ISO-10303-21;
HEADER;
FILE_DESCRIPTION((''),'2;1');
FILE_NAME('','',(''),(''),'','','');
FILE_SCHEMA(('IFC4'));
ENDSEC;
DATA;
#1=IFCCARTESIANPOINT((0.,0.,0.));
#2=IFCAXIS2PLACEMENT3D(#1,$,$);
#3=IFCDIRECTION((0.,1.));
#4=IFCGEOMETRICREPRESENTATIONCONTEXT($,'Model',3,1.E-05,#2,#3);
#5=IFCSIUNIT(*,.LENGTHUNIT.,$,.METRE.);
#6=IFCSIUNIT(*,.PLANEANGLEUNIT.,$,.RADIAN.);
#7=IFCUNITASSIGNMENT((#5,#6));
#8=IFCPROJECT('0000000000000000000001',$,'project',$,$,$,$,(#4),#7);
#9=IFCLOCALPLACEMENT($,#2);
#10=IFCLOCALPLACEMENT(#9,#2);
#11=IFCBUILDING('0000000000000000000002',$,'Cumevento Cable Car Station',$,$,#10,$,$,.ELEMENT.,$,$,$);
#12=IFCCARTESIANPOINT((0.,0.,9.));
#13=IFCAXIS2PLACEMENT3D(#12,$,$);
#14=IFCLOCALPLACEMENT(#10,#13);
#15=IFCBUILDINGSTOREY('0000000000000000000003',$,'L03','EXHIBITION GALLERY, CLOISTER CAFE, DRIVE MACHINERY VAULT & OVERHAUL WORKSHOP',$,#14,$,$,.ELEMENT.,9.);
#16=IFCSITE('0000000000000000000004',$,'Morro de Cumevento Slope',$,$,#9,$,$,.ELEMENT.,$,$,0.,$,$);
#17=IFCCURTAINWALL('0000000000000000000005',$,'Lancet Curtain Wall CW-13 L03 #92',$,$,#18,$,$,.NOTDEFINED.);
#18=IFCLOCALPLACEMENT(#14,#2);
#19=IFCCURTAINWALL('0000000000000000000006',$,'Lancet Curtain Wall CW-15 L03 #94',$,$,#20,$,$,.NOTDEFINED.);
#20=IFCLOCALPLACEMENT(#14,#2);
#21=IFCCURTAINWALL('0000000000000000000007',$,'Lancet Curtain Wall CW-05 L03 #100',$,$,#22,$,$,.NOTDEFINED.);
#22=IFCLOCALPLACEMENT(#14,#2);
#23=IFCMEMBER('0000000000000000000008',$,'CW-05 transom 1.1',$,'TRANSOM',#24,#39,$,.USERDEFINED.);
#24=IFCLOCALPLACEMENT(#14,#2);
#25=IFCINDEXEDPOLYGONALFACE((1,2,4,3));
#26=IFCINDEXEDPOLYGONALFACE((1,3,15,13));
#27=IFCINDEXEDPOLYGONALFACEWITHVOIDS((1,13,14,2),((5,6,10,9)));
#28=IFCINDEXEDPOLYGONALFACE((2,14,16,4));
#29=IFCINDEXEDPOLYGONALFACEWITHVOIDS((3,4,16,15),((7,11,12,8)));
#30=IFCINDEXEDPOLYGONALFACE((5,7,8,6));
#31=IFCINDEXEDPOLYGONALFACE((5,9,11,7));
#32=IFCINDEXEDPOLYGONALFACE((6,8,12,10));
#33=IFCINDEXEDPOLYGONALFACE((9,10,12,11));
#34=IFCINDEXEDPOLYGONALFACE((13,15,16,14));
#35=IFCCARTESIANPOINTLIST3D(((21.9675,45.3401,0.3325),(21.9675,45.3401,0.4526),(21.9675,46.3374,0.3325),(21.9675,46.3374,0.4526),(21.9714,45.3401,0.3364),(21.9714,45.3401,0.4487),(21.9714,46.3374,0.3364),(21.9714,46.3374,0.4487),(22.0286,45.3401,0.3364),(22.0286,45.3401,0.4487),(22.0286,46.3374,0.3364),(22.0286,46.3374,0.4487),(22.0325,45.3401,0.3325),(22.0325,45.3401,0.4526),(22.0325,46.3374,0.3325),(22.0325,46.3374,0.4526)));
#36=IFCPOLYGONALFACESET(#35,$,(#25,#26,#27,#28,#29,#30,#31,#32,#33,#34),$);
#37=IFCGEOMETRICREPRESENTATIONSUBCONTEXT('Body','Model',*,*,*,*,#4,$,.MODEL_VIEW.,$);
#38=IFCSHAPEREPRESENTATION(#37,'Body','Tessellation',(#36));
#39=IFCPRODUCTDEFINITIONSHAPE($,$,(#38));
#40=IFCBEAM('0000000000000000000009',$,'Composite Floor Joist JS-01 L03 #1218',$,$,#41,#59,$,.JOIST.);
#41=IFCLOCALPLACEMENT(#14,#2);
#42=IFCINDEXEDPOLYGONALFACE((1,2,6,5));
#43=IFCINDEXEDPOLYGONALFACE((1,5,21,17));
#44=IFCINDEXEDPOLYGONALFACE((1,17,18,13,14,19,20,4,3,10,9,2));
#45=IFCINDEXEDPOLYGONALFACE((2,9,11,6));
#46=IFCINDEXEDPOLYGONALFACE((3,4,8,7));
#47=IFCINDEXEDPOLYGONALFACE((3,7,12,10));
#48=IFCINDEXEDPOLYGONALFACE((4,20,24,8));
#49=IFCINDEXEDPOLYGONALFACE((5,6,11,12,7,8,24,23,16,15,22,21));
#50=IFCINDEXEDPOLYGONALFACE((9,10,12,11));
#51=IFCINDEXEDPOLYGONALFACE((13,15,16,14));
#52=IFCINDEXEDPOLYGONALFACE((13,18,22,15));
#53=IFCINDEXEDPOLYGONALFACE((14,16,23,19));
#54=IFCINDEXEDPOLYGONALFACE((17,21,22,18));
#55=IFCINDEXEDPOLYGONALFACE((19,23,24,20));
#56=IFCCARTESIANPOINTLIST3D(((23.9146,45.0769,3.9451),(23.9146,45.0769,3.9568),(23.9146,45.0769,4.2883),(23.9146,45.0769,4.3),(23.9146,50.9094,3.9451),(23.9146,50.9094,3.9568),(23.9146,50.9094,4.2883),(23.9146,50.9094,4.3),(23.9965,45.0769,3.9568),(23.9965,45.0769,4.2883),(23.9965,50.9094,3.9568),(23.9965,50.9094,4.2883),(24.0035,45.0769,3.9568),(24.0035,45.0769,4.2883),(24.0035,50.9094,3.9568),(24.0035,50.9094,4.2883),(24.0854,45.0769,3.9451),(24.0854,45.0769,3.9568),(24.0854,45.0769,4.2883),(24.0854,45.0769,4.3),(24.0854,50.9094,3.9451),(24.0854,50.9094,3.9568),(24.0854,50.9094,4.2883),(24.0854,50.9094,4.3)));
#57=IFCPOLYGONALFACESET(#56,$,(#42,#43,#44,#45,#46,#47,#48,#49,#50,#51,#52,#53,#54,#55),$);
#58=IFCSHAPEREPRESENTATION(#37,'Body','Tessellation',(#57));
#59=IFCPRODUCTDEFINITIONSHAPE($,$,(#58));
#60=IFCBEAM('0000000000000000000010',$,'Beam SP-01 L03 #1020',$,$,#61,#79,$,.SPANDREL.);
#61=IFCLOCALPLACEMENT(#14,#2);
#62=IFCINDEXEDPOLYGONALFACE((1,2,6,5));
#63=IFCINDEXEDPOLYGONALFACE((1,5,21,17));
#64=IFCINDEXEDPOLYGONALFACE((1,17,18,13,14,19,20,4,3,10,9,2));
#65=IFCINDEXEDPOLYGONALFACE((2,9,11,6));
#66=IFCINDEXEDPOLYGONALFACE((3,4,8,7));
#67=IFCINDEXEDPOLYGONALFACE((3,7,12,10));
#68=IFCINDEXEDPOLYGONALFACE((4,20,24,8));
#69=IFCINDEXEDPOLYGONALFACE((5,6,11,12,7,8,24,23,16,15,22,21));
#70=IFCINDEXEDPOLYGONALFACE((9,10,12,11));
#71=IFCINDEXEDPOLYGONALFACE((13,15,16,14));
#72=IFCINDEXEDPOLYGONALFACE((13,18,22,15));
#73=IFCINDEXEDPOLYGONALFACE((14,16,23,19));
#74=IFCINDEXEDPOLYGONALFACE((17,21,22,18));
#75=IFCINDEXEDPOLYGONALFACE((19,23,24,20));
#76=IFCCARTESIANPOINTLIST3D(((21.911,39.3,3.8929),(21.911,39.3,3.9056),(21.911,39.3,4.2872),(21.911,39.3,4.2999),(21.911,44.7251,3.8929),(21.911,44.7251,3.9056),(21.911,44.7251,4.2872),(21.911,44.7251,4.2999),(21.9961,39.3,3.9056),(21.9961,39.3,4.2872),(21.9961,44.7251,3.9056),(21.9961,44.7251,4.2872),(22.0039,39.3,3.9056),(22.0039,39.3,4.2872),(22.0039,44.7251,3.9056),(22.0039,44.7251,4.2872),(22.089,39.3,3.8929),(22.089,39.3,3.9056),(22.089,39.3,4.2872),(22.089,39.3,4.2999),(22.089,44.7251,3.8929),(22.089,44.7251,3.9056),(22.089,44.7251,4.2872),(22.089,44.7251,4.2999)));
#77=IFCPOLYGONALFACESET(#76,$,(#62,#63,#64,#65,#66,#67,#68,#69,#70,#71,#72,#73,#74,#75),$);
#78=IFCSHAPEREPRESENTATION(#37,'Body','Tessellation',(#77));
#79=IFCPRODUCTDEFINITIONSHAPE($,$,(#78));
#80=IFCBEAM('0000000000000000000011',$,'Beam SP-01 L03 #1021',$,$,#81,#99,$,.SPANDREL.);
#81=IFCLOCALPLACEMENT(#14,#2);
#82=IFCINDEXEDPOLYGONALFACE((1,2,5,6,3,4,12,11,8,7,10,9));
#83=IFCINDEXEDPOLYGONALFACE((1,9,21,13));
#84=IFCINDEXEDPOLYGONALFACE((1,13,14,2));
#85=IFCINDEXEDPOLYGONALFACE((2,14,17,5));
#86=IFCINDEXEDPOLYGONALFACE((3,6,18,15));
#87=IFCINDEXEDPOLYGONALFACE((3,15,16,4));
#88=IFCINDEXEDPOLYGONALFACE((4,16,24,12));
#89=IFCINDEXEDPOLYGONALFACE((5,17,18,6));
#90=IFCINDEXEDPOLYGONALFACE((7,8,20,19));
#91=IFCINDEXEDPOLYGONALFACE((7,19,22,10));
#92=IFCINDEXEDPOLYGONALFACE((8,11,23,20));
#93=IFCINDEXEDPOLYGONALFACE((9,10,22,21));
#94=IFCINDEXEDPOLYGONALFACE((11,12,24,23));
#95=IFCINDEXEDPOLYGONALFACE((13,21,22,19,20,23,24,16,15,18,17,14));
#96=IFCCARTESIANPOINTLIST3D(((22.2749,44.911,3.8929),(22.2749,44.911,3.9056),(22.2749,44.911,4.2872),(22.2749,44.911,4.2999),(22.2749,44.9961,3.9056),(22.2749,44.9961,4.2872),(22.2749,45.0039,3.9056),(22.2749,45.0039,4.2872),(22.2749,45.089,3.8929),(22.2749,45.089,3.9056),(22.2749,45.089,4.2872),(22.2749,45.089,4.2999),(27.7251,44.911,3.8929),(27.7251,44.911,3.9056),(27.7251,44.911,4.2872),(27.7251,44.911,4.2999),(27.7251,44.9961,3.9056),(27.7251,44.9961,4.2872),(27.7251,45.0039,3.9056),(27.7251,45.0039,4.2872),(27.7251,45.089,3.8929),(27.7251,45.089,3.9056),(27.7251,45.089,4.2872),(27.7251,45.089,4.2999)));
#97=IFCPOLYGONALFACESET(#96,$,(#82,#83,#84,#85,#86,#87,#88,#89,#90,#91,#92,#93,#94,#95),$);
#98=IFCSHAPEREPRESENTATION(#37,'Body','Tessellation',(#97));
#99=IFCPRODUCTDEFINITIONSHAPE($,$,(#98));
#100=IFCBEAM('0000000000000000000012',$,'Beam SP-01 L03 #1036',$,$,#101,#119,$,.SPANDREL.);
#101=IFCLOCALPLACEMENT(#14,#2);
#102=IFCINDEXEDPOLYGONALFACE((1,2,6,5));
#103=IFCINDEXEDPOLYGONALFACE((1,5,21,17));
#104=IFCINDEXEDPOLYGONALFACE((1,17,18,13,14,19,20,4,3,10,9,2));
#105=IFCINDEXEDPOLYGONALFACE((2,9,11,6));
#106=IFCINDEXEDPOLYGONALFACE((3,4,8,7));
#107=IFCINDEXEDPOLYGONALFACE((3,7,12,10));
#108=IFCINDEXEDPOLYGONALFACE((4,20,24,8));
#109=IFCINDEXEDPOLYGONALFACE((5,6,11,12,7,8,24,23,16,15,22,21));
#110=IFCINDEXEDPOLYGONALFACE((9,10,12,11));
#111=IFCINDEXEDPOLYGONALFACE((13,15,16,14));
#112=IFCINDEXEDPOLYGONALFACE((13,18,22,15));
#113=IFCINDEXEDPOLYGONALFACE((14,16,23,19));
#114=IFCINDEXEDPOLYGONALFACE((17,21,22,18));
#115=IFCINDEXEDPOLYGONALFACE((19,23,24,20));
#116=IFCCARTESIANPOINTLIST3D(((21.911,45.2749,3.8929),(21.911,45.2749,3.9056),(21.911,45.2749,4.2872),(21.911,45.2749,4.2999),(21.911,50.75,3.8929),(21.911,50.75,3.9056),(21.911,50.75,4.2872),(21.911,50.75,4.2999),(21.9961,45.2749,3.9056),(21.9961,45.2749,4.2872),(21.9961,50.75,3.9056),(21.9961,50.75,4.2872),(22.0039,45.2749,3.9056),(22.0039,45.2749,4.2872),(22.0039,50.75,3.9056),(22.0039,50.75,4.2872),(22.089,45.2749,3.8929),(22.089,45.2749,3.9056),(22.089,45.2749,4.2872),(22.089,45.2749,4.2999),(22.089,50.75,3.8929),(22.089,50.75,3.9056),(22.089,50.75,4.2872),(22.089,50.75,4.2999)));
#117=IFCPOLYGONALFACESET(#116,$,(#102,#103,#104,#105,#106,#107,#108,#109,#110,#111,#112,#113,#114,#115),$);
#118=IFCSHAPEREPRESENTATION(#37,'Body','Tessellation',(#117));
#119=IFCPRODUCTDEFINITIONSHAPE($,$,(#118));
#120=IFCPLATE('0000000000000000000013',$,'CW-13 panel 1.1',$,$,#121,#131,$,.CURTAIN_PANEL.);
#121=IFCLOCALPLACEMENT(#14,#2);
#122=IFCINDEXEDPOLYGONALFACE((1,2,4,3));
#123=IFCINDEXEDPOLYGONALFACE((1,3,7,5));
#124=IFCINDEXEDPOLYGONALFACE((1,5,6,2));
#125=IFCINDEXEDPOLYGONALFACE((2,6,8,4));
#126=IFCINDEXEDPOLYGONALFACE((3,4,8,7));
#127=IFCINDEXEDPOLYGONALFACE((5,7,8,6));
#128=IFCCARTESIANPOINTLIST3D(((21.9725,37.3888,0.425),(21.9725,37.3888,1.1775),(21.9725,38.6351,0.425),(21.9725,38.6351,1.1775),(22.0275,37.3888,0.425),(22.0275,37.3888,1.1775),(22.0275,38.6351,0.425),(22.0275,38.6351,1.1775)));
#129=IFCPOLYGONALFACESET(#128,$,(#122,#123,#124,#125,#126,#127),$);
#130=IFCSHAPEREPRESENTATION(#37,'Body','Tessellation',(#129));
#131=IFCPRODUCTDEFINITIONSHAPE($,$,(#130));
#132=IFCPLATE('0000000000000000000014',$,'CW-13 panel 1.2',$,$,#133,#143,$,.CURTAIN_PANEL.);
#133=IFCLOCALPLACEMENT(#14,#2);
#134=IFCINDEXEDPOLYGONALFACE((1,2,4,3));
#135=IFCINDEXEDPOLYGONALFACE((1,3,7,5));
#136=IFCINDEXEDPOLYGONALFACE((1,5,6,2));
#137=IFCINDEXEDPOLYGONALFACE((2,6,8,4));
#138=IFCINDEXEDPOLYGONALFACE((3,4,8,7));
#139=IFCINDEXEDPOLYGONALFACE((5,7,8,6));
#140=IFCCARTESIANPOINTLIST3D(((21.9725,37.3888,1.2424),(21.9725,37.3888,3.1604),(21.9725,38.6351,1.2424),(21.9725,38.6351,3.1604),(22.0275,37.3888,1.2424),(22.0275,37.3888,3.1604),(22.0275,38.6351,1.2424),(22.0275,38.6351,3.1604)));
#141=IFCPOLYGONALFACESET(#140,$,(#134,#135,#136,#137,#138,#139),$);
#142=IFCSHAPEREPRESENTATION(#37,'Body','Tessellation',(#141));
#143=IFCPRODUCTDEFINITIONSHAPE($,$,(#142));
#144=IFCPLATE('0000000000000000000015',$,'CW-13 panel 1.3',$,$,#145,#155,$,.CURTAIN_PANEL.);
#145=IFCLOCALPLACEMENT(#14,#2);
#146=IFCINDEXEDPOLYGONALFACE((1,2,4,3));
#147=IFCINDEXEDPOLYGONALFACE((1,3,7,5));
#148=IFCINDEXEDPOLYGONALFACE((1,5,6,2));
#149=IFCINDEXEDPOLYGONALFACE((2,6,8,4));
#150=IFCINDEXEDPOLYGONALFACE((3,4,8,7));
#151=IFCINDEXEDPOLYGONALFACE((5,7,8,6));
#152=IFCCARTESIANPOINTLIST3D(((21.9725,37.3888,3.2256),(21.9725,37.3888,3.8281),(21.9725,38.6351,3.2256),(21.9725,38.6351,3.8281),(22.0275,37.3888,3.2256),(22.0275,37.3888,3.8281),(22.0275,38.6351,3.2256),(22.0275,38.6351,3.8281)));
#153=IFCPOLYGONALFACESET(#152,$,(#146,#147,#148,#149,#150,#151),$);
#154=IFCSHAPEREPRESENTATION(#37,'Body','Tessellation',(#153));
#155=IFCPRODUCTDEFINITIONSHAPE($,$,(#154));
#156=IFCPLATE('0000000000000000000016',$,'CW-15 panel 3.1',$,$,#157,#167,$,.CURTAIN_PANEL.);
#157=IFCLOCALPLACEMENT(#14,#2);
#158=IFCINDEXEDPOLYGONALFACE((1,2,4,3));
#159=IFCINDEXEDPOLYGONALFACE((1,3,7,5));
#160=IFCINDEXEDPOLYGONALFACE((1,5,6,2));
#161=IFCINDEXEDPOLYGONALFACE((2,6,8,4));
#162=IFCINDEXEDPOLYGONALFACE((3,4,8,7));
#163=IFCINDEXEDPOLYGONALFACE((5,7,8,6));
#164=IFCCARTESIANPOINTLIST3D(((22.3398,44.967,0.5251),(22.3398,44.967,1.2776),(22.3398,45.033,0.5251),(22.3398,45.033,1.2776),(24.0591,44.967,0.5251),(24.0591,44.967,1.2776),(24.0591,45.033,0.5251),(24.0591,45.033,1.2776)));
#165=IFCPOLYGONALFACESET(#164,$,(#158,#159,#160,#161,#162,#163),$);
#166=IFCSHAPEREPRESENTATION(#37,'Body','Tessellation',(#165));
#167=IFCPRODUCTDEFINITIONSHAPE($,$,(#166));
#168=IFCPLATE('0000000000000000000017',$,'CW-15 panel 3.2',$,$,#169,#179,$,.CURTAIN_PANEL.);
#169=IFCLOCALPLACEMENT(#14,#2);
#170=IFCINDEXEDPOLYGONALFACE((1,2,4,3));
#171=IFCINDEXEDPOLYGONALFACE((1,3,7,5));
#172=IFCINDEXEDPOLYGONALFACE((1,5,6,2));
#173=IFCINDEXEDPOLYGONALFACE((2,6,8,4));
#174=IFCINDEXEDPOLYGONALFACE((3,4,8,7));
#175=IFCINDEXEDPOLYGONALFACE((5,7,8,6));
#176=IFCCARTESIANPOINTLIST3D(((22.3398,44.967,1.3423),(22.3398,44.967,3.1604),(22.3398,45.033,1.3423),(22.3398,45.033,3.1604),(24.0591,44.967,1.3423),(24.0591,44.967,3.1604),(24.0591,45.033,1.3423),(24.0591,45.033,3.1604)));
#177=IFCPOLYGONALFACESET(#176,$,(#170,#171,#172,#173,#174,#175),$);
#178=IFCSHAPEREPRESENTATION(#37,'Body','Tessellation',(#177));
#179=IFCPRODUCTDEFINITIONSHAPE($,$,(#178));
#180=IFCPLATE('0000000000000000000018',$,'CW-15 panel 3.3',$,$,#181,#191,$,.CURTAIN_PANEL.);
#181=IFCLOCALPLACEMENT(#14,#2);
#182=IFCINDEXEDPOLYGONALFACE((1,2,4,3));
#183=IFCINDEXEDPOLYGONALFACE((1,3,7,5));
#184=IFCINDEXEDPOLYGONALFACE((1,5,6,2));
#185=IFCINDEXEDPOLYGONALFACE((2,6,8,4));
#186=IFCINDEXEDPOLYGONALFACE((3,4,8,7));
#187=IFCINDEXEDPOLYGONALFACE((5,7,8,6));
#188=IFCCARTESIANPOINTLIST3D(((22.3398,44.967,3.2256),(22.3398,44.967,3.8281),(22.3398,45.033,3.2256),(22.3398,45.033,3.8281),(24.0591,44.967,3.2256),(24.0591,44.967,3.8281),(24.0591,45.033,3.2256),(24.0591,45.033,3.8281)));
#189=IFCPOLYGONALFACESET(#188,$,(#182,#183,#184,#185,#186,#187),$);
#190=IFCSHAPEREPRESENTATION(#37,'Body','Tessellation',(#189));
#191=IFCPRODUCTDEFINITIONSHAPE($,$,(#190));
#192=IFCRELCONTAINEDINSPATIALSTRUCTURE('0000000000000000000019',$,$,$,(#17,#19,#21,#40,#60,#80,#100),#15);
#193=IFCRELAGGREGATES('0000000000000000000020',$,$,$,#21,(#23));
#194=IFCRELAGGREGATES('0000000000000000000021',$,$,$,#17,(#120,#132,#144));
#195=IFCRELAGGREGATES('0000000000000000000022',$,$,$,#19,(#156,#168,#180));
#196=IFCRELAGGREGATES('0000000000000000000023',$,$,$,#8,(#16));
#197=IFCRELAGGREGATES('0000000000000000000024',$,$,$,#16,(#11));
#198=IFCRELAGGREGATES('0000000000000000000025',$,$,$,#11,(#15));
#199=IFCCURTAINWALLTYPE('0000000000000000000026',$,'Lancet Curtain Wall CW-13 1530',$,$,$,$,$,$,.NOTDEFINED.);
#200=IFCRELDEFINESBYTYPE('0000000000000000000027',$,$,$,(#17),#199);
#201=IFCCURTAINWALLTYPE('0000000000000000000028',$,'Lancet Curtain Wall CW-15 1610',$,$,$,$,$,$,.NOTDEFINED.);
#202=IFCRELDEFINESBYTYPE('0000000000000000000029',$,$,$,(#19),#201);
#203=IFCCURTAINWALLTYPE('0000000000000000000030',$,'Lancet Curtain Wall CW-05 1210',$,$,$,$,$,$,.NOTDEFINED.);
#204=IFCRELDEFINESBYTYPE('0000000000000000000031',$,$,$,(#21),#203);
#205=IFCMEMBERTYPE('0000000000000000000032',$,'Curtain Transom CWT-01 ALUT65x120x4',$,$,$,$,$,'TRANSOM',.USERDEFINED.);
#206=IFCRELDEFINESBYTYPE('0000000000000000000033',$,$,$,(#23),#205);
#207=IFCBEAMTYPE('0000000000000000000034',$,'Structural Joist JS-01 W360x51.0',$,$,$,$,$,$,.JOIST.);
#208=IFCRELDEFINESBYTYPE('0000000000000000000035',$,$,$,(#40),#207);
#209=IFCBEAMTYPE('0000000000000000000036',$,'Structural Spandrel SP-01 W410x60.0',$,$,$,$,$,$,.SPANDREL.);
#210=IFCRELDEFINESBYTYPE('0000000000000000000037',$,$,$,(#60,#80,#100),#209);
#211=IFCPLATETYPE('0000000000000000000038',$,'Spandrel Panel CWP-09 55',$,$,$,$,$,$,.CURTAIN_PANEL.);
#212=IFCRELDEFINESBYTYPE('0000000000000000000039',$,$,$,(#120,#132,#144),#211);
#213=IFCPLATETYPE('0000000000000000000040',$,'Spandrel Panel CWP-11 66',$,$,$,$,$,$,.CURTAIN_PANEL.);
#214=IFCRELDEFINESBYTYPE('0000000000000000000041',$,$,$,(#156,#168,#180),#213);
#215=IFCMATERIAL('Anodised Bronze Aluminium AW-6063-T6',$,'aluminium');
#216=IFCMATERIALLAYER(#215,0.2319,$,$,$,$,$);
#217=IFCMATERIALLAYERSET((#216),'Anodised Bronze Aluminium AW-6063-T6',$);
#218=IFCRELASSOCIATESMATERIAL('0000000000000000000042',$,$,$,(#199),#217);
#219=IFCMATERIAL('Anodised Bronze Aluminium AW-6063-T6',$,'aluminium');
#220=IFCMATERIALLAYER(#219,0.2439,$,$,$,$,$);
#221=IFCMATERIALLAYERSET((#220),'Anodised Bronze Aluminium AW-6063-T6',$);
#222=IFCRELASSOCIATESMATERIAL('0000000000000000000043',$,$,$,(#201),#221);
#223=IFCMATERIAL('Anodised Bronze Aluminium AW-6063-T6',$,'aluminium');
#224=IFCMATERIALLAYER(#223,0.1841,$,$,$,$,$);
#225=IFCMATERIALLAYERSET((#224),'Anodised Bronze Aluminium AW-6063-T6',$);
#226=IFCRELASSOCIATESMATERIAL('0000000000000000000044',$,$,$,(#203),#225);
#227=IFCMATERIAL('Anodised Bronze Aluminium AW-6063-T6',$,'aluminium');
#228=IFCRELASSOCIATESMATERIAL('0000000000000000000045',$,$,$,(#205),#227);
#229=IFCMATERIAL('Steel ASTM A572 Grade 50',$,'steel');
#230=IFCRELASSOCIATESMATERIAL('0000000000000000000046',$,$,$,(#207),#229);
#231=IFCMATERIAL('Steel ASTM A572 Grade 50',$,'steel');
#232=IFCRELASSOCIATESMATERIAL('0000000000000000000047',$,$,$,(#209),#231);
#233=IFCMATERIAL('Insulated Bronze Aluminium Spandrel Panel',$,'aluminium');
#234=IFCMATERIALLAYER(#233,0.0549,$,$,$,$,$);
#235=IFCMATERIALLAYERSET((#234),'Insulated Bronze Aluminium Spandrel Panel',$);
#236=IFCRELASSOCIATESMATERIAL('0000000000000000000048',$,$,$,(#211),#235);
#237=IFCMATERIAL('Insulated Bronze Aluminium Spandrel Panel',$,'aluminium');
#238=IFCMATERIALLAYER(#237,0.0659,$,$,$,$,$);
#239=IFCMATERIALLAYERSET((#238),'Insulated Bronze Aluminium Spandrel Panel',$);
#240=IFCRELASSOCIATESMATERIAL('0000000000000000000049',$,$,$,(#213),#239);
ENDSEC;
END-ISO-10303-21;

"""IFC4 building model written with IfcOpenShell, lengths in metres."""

from ifc_helpers import new_model, si_unit, direction, frame, origin, origin_2d, place, context, subcontext, project, spatial, rectangle, hollow_rectangle, i_section, extrude, material, layer, layer_set, material_profile, profile_set, type_object, element, aggregate, save


model = new_model("IFC4")

# Units and contexts
model_context = context("Model", 3, precision=1e-05, world=origin(), true_north=direction((0.0, 1.0)))
body_context = subcontext(model_context, "Body", "Model", "MODEL_VIEW")
ifc_project = project(units=[si_unit("LENGTHUNIT", "METRE"), si_unit("PLANEANGLEUNIT", "RADIAN")], contexts=[model_context])

# Site, building, storey
site_placement = place(None, origin())
site = spatial("IfcSite", under=ifc_project, at=site_placement, Name="Morro de Cumevento Slope", CompositionType="ELEMENT", RefElevation=0.0)
building_placement = place(site_placement, origin())
building = spatial("IfcBuilding", under=site, at=building_placement, Name="Cumevento Cable Car Station", CompositionType="ELEMENT")
storey_placement = place(building_placement, frame((0.0, 0.0, 9.0)))
storey = spatial("IfcBuildingStorey", under=building, at=storey_placement, Name="L03", Description="EXHIBITION GALLERY, CLOISTER CAFE, DRIVE MACHINERY VAULT & OVERHAUL WORKSHOP", CompositionType="ELEMENT", Elevation=9.0)

# Curtain wall
ifc_material_1 = material(Name="Anodised Bronze Aluminium AW-6063-T6", Category="aluminium")
ifc_layer_1 = layer(ifc_material_1, 0.2319)
ifc_layer_set_1 = layer_set([ifc_layer_1], Name="Anodised Bronze Aluminium AW-6063-T6")
curtain_wall_type_1 = type_object("IfcCurtainWallType", Name="Lancet Curtain Wall CW-13 1530", PredefinedType="NOTDEFINED", material=ifc_layer_set_1)
curtain_wall_1_placement = place(storey_placement, origin())
curtain_wall_1 = element("IfcCurtainWall", 1, at=curtain_wall_1_placement, inside=storey, type_object=curtain_wall_type_1, Name="Lancet Curtain Wall CW-13 L03 #92", PredefinedType="NOTDEFINED")

# Curtain walls
ifc_material_2 = material(Name="Anodised Bronze Aluminium AW-6063-T6", Category="aluminium")
ifc_layer_2 = layer(ifc_material_2, 0.2439)
ifc_layer_set_2 = layer_set([ifc_layer_2], Name="Anodised Bronze Aluminium AW-6063-T6")
curtain_wall_type_2 = type_object("IfcCurtainWallType", Name="Lancet Curtain Wall CW-15 1610", PredefinedType="NOTDEFINED", material=ifc_layer_set_2)
curtain_wall_2_placement = place(storey_placement, origin())
curtain_wall_2 = element("IfcCurtainWall", 2, at=curtain_wall_2_placement, inside=storey, type_object=curtain_wall_type_2, Name="Lancet Curtain Wall CW-15 L03 #94", PredefinedType="NOTDEFINED")
ifc_material_3 = material(Name="Anodised Bronze Aluminium AW-6063-T6", Category="aluminium")
ifc_layer_3 = layer(ifc_material_3, 0.1841)
ifc_layer_set_3 = layer_set([ifc_layer_3], Name="Anodised Bronze Aluminium AW-6063-T6")
curtain_wall_type_3 = type_object("IfcCurtainWallType", Name="Lancet Curtain Wall CW-05 1210", PredefinedType="NOTDEFINED", material=ifc_layer_set_3)
curtain_wall_3_placement = place(storey_placement, origin())
curtain_wall_3 = element("IfcCurtainWall", 3, at=curtain_wall_3_placement, inside=storey, type_object=curtain_wall_type_3, Name="Lancet Curtain Wall CW-05 L03 #100", PredefinedType="NOTDEFINED")

# Member
ifc_material_4 = material(Name="Anodised Bronze Aluminium AW-6063-T6", Category="aluminium")
ifc_material_profile_1 = material_profile(ifc_material_4, hollow_rectangle(XDim=0.0649, YDim=0.1201, WallThickness=0.0039, at=origin_2d()), Name="ALUT65x120x4")
ifc_profile_set_1 = profile_set([ifc_material_profile_1], Name="Anodised Bronze Aluminium AW-6063-T6")
member_type_1 = type_object("IfcMemberType", Name="Curtain Transom CWT-01 ALUT65x120x4", ElementType="TRANSOM", PredefinedType="USERDEFINED", material=ifc_profile_set_1)
member_1_placement = place(storey_placement, frame((22.0, 45.3401, 0.3926), z_axis=(0.0, 1.0, 0.0), x_axis=(-1.0, 0.0, 0.0)))
member_1 = element("IfcMember", 4, at=member_1_placement, type_object=member_type_1, Name="CW-05 transom 1.1", ObjectType="TRANSOM", PredefinedType="USERDEFINED", context=body_context, shape_type="SweptSolid", body=[
    extrude(hollow_rectangle(XDim=0.0649, YDim=0.1201, WallThickness=0.0039, at=origin_2d()), origin(), (0.0, 0.0, 1.0), 0.9973),
])
aggregate(curtain_wall_3, [member_1])

# Beams
ifc_material_5 = material(Name="Steel ASTM A572 Grade 50", Category="steel")
ifc_material_profile_2 = material_profile(ifc_material_5, i_section(OverallWidth=0.1709, OverallDepth=0.355, WebThickness=0.0071, FlangeThickness=0.0117, at=origin_2d()), Name="W360x51.0")
ifc_profile_set_2 = profile_set([ifc_material_profile_2], Name="Steel ASTM A572 Grade 50")
beam_type_1 = type_object("IfcBeamType", Name="Structural Joist JS-01 W360x51.0", PredefinedType="JOIST", material=ifc_profile_set_2)
beam_1_placement = place(storey_placement, frame((24.0, 45.0769, 4.1226), z_axis=(0.0, 1.0, 0.0), x_axis=(-1.0, 0.0, 0.0)))
element("IfcBeam", 5, at=beam_1_placement, inside=storey, type_object=beam_type_1, Name="Composite Floor Joist JS-01 L03 #1218", PredefinedType="JOIST", context=body_context, shape_type="SweptSolid", body=[
    extrude(i_section(OverallWidth=0.1709, OverallDepth=0.355, WebThickness=0.0071, FlangeThickness=0.0117, at=origin_2d()), origin(), (0.0, 0.0, 1.0), 5.8325),
])
ifc_material_6 = material(Name="Steel ASTM A572 Grade 50", Category="steel")
ifc_material_profile_3 = material_profile(ifc_material_6, i_section(OverallWidth=0.178, OverallDepth=0.407, WebThickness=0.0078, FlangeThickness=0.0127, at=origin_2d()), Name="W410x60.0")
ifc_profile_set_3 = profile_set([ifc_material_profile_3], Name="Steel ASTM A572 Grade 50")
beam_type_2 = type_object("IfcBeamType", Name="Structural Spandrel SP-01 W410x60.0", PredefinedType="SPANDREL", material=ifc_profile_set_3)
beam_2_placement = place(storey_placement, frame((22.0, 39.3, 4.0964), z_axis=(0.0, 1.0, 0.0), x_axis=(-1.0, 0.0, 0.0)))
element("IfcBeam", 6, at=beam_2_placement, inside=storey, type_object=beam_type_2, Name="Beam SP-01 L03 #1020", PredefinedType="SPANDREL", context=body_context, shape_type="SweptSolid", body=[
    extrude(i_section(OverallWidth=0.178, OverallDepth=0.407, WebThickness=0.0078, FlangeThickness=0.0127, at=origin_2d()), origin(), (0.0, 0.0, 1.0), 5.425),
])
beam_3_placement = place(storey_placement, frame((22.2749, 45.0, 4.0964), z_axis=(1.0, 0.0, 0.0), x_axis=(0.0, 1.0, 0.0)))
element("IfcBeam", 7, at=beam_3_placement, inside=storey, type_object=beam_type_2, Name="Beam SP-01 L03 #1021", PredefinedType="SPANDREL", context=body_context, shape_type="SweptSolid", body=[
    extrude(i_section(OverallWidth=0.178, OverallDepth=0.407, WebThickness=0.0078, FlangeThickness=0.0127, at=origin_2d()), origin(), (0.0, 0.0, 1.0), 5.4502),
])
beam_4_placement = place(storey_placement, frame((22.0, 45.2749, 4.0964), z_axis=(0.0, 1.0, 0.0), x_axis=(-1.0, 0.0, 0.0)))
element("IfcBeam", 8, at=beam_4_placement, inside=storey, type_object=beam_type_2, Name="Beam SP-01 L03 #1036", PredefinedType="SPANDREL", context=body_context, shape_type="SweptSolid", body=[
    extrude(i_section(OverallWidth=0.178, OverallDepth=0.407, WebThickness=0.0078, FlangeThickness=0.0127, at=origin_2d()), origin(), (0.0, 0.0, 1.0), 5.4751),
])

# Plates
ifc_material_7 = material(Name="Insulated Bronze Aluminium Spandrel Panel", Category="aluminium")
ifc_layer_4 = layer(ifc_material_7, 0.0549)
ifc_layer_set_4 = layer_set([ifc_layer_4], Name="Insulated Bronze Aluminium Spandrel Panel")
plate_type_1 = type_object("IfcPlateType", Name="Spandrel Panel CWP-09 55", PredefinedType="CURTAIN_PANEL", material=ifc_layer_set_4)
plate_1_placement = place(storey_placement, frame((22.0, 38.012, 0.425), z_axis=(0.0, 0.0, 1.0), x_axis=(0.0, -1.0, 0.0)))
plate_1 = element("IfcPlate", 9, at=plate_1_placement, type_object=plate_type_1, Name="CW-13 panel 1.1", PredefinedType="CURTAIN_PANEL", context=body_context, shape_type="SweptSolid", body=[
    extrude(rectangle(XDim=1.2463, YDim=0.0549, at=origin_2d()), origin(), (0.0, 0.0, 1.0), 0.7524),
])
plate_2_placement = place(storey_placement, frame((22.0, 38.012, 1.2424), z_axis=(0.0, 0.0, 1.0), x_axis=(0.0, -1.0, 0.0)))
plate_2 = element("IfcPlate", 10, at=plate_2_placement, type_object=plate_type_1, Name="CW-13 panel 1.2", PredefinedType="CURTAIN_PANEL", context=body_context, shape_type="SweptSolid", body=[
    extrude(rectangle(XDim=1.2463, YDim=0.0549, at=origin_2d()), origin(), (0.0, 0.0, 1.0), 1.918),
])
plate_3_placement = place(storey_placement, frame((22.0, 38.012, 3.2256), z_axis=(0.0, 0.0, 1.0), x_axis=(0.0, -1.0, 0.0)))
plate_3 = element("IfcPlate", 11, at=plate_3_placement, type_object=plate_type_1, Name="CW-13 panel 1.3", PredefinedType="CURTAIN_PANEL", context=body_context, shape_type="SweptSolid", body=[
    extrude(rectangle(XDim=1.2463, YDim=0.0549, at=origin_2d()), origin(), (0.0, 0.0, 1.0), 0.6025),
])
aggregate(curtain_wall_1, [plate_1, plate_2, plate_3])
ifc_material_8 = material(Name="Insulated Bronze Aluminium Spandrel Panel", Category="aluminium")
ifc_layer_5 = layer(ifc_material_8, 0.0659)
ifc_layer_set_5 = layer_set([ifc_layer_5], Name="Insulated Bronze Aluminium Spandrel Panel")
plate_type_2 = type_object("IfcPlateType", Name="Spandrel Panel CWP-11 66", PredefinedType="CURTAIN_PANEL", material=ifc_layer_set_5)
plate_4_placement = place(storey_placement, frame((23.1995, 45.0, 0.5251), z_axis=(0.0, 0.0, 1.0), x_axis=(-1.0, 0.0, 0.0)))
plate_4 = element("IfcPlate", 12, at=plate_4_placement, type_object=plate_type_2, Name="CW-15 panel 3.1", PredefinedType="CURTAIN_PANEL", context=body_context, shape_type="SweptSolid", body=[
    extrude(rectangle(XDim=1.7192, YDim=0.0659, at=origin_2d()), origin(), (0.0, 0.0, 1.0), 0.7524),
])
plate_5_placement = place(storey_placement, frame((23.1995, 45.0, 1.3423), z_axis=(0.0, 0.0, 1.0), x_axis=(-1.0, 0.0, 0.0)))
plate_5 = element("IfcPlate", 13, at=plate_5_placement, type_object=plate_type_2, Name="CW-15 panel 3.2", PredefinedType="CURTAIN_PANEL", context=body_context, shape_type="SweptSolid", body=[
    extrude(rectangle(XDim=1.7192, YDim=0.0659, at=origin_2d()), origin(), (0.0, 0.0, 1.0), 1.8181),
])
plate_6_placement = place(storey_placement, frame((23.1995, 45.0, 3.2256), z_axis=(0.0, 0.0, 1.0), x_axis=(-1.0, 0.0, 0.0)))
plate_6 = element("IfcPlate", 14, at=plate_6_placement, type_object=plate_type_2, Name="CW-15 panel 3.3", PredefinedType="CURTAIN_PANEL", context=body_context, shape_type="SweptSolid", body=[
    extrude(rectangle(XDim=1.7192, YDim=0.0659, at=origin_2d()), origin(), (0.0, 0.0, 1.0), 0.6025),
])
aggregate(curtain_wall_2, [plate_4, plate_5, plate_6])

save(model, "model.ifc")
